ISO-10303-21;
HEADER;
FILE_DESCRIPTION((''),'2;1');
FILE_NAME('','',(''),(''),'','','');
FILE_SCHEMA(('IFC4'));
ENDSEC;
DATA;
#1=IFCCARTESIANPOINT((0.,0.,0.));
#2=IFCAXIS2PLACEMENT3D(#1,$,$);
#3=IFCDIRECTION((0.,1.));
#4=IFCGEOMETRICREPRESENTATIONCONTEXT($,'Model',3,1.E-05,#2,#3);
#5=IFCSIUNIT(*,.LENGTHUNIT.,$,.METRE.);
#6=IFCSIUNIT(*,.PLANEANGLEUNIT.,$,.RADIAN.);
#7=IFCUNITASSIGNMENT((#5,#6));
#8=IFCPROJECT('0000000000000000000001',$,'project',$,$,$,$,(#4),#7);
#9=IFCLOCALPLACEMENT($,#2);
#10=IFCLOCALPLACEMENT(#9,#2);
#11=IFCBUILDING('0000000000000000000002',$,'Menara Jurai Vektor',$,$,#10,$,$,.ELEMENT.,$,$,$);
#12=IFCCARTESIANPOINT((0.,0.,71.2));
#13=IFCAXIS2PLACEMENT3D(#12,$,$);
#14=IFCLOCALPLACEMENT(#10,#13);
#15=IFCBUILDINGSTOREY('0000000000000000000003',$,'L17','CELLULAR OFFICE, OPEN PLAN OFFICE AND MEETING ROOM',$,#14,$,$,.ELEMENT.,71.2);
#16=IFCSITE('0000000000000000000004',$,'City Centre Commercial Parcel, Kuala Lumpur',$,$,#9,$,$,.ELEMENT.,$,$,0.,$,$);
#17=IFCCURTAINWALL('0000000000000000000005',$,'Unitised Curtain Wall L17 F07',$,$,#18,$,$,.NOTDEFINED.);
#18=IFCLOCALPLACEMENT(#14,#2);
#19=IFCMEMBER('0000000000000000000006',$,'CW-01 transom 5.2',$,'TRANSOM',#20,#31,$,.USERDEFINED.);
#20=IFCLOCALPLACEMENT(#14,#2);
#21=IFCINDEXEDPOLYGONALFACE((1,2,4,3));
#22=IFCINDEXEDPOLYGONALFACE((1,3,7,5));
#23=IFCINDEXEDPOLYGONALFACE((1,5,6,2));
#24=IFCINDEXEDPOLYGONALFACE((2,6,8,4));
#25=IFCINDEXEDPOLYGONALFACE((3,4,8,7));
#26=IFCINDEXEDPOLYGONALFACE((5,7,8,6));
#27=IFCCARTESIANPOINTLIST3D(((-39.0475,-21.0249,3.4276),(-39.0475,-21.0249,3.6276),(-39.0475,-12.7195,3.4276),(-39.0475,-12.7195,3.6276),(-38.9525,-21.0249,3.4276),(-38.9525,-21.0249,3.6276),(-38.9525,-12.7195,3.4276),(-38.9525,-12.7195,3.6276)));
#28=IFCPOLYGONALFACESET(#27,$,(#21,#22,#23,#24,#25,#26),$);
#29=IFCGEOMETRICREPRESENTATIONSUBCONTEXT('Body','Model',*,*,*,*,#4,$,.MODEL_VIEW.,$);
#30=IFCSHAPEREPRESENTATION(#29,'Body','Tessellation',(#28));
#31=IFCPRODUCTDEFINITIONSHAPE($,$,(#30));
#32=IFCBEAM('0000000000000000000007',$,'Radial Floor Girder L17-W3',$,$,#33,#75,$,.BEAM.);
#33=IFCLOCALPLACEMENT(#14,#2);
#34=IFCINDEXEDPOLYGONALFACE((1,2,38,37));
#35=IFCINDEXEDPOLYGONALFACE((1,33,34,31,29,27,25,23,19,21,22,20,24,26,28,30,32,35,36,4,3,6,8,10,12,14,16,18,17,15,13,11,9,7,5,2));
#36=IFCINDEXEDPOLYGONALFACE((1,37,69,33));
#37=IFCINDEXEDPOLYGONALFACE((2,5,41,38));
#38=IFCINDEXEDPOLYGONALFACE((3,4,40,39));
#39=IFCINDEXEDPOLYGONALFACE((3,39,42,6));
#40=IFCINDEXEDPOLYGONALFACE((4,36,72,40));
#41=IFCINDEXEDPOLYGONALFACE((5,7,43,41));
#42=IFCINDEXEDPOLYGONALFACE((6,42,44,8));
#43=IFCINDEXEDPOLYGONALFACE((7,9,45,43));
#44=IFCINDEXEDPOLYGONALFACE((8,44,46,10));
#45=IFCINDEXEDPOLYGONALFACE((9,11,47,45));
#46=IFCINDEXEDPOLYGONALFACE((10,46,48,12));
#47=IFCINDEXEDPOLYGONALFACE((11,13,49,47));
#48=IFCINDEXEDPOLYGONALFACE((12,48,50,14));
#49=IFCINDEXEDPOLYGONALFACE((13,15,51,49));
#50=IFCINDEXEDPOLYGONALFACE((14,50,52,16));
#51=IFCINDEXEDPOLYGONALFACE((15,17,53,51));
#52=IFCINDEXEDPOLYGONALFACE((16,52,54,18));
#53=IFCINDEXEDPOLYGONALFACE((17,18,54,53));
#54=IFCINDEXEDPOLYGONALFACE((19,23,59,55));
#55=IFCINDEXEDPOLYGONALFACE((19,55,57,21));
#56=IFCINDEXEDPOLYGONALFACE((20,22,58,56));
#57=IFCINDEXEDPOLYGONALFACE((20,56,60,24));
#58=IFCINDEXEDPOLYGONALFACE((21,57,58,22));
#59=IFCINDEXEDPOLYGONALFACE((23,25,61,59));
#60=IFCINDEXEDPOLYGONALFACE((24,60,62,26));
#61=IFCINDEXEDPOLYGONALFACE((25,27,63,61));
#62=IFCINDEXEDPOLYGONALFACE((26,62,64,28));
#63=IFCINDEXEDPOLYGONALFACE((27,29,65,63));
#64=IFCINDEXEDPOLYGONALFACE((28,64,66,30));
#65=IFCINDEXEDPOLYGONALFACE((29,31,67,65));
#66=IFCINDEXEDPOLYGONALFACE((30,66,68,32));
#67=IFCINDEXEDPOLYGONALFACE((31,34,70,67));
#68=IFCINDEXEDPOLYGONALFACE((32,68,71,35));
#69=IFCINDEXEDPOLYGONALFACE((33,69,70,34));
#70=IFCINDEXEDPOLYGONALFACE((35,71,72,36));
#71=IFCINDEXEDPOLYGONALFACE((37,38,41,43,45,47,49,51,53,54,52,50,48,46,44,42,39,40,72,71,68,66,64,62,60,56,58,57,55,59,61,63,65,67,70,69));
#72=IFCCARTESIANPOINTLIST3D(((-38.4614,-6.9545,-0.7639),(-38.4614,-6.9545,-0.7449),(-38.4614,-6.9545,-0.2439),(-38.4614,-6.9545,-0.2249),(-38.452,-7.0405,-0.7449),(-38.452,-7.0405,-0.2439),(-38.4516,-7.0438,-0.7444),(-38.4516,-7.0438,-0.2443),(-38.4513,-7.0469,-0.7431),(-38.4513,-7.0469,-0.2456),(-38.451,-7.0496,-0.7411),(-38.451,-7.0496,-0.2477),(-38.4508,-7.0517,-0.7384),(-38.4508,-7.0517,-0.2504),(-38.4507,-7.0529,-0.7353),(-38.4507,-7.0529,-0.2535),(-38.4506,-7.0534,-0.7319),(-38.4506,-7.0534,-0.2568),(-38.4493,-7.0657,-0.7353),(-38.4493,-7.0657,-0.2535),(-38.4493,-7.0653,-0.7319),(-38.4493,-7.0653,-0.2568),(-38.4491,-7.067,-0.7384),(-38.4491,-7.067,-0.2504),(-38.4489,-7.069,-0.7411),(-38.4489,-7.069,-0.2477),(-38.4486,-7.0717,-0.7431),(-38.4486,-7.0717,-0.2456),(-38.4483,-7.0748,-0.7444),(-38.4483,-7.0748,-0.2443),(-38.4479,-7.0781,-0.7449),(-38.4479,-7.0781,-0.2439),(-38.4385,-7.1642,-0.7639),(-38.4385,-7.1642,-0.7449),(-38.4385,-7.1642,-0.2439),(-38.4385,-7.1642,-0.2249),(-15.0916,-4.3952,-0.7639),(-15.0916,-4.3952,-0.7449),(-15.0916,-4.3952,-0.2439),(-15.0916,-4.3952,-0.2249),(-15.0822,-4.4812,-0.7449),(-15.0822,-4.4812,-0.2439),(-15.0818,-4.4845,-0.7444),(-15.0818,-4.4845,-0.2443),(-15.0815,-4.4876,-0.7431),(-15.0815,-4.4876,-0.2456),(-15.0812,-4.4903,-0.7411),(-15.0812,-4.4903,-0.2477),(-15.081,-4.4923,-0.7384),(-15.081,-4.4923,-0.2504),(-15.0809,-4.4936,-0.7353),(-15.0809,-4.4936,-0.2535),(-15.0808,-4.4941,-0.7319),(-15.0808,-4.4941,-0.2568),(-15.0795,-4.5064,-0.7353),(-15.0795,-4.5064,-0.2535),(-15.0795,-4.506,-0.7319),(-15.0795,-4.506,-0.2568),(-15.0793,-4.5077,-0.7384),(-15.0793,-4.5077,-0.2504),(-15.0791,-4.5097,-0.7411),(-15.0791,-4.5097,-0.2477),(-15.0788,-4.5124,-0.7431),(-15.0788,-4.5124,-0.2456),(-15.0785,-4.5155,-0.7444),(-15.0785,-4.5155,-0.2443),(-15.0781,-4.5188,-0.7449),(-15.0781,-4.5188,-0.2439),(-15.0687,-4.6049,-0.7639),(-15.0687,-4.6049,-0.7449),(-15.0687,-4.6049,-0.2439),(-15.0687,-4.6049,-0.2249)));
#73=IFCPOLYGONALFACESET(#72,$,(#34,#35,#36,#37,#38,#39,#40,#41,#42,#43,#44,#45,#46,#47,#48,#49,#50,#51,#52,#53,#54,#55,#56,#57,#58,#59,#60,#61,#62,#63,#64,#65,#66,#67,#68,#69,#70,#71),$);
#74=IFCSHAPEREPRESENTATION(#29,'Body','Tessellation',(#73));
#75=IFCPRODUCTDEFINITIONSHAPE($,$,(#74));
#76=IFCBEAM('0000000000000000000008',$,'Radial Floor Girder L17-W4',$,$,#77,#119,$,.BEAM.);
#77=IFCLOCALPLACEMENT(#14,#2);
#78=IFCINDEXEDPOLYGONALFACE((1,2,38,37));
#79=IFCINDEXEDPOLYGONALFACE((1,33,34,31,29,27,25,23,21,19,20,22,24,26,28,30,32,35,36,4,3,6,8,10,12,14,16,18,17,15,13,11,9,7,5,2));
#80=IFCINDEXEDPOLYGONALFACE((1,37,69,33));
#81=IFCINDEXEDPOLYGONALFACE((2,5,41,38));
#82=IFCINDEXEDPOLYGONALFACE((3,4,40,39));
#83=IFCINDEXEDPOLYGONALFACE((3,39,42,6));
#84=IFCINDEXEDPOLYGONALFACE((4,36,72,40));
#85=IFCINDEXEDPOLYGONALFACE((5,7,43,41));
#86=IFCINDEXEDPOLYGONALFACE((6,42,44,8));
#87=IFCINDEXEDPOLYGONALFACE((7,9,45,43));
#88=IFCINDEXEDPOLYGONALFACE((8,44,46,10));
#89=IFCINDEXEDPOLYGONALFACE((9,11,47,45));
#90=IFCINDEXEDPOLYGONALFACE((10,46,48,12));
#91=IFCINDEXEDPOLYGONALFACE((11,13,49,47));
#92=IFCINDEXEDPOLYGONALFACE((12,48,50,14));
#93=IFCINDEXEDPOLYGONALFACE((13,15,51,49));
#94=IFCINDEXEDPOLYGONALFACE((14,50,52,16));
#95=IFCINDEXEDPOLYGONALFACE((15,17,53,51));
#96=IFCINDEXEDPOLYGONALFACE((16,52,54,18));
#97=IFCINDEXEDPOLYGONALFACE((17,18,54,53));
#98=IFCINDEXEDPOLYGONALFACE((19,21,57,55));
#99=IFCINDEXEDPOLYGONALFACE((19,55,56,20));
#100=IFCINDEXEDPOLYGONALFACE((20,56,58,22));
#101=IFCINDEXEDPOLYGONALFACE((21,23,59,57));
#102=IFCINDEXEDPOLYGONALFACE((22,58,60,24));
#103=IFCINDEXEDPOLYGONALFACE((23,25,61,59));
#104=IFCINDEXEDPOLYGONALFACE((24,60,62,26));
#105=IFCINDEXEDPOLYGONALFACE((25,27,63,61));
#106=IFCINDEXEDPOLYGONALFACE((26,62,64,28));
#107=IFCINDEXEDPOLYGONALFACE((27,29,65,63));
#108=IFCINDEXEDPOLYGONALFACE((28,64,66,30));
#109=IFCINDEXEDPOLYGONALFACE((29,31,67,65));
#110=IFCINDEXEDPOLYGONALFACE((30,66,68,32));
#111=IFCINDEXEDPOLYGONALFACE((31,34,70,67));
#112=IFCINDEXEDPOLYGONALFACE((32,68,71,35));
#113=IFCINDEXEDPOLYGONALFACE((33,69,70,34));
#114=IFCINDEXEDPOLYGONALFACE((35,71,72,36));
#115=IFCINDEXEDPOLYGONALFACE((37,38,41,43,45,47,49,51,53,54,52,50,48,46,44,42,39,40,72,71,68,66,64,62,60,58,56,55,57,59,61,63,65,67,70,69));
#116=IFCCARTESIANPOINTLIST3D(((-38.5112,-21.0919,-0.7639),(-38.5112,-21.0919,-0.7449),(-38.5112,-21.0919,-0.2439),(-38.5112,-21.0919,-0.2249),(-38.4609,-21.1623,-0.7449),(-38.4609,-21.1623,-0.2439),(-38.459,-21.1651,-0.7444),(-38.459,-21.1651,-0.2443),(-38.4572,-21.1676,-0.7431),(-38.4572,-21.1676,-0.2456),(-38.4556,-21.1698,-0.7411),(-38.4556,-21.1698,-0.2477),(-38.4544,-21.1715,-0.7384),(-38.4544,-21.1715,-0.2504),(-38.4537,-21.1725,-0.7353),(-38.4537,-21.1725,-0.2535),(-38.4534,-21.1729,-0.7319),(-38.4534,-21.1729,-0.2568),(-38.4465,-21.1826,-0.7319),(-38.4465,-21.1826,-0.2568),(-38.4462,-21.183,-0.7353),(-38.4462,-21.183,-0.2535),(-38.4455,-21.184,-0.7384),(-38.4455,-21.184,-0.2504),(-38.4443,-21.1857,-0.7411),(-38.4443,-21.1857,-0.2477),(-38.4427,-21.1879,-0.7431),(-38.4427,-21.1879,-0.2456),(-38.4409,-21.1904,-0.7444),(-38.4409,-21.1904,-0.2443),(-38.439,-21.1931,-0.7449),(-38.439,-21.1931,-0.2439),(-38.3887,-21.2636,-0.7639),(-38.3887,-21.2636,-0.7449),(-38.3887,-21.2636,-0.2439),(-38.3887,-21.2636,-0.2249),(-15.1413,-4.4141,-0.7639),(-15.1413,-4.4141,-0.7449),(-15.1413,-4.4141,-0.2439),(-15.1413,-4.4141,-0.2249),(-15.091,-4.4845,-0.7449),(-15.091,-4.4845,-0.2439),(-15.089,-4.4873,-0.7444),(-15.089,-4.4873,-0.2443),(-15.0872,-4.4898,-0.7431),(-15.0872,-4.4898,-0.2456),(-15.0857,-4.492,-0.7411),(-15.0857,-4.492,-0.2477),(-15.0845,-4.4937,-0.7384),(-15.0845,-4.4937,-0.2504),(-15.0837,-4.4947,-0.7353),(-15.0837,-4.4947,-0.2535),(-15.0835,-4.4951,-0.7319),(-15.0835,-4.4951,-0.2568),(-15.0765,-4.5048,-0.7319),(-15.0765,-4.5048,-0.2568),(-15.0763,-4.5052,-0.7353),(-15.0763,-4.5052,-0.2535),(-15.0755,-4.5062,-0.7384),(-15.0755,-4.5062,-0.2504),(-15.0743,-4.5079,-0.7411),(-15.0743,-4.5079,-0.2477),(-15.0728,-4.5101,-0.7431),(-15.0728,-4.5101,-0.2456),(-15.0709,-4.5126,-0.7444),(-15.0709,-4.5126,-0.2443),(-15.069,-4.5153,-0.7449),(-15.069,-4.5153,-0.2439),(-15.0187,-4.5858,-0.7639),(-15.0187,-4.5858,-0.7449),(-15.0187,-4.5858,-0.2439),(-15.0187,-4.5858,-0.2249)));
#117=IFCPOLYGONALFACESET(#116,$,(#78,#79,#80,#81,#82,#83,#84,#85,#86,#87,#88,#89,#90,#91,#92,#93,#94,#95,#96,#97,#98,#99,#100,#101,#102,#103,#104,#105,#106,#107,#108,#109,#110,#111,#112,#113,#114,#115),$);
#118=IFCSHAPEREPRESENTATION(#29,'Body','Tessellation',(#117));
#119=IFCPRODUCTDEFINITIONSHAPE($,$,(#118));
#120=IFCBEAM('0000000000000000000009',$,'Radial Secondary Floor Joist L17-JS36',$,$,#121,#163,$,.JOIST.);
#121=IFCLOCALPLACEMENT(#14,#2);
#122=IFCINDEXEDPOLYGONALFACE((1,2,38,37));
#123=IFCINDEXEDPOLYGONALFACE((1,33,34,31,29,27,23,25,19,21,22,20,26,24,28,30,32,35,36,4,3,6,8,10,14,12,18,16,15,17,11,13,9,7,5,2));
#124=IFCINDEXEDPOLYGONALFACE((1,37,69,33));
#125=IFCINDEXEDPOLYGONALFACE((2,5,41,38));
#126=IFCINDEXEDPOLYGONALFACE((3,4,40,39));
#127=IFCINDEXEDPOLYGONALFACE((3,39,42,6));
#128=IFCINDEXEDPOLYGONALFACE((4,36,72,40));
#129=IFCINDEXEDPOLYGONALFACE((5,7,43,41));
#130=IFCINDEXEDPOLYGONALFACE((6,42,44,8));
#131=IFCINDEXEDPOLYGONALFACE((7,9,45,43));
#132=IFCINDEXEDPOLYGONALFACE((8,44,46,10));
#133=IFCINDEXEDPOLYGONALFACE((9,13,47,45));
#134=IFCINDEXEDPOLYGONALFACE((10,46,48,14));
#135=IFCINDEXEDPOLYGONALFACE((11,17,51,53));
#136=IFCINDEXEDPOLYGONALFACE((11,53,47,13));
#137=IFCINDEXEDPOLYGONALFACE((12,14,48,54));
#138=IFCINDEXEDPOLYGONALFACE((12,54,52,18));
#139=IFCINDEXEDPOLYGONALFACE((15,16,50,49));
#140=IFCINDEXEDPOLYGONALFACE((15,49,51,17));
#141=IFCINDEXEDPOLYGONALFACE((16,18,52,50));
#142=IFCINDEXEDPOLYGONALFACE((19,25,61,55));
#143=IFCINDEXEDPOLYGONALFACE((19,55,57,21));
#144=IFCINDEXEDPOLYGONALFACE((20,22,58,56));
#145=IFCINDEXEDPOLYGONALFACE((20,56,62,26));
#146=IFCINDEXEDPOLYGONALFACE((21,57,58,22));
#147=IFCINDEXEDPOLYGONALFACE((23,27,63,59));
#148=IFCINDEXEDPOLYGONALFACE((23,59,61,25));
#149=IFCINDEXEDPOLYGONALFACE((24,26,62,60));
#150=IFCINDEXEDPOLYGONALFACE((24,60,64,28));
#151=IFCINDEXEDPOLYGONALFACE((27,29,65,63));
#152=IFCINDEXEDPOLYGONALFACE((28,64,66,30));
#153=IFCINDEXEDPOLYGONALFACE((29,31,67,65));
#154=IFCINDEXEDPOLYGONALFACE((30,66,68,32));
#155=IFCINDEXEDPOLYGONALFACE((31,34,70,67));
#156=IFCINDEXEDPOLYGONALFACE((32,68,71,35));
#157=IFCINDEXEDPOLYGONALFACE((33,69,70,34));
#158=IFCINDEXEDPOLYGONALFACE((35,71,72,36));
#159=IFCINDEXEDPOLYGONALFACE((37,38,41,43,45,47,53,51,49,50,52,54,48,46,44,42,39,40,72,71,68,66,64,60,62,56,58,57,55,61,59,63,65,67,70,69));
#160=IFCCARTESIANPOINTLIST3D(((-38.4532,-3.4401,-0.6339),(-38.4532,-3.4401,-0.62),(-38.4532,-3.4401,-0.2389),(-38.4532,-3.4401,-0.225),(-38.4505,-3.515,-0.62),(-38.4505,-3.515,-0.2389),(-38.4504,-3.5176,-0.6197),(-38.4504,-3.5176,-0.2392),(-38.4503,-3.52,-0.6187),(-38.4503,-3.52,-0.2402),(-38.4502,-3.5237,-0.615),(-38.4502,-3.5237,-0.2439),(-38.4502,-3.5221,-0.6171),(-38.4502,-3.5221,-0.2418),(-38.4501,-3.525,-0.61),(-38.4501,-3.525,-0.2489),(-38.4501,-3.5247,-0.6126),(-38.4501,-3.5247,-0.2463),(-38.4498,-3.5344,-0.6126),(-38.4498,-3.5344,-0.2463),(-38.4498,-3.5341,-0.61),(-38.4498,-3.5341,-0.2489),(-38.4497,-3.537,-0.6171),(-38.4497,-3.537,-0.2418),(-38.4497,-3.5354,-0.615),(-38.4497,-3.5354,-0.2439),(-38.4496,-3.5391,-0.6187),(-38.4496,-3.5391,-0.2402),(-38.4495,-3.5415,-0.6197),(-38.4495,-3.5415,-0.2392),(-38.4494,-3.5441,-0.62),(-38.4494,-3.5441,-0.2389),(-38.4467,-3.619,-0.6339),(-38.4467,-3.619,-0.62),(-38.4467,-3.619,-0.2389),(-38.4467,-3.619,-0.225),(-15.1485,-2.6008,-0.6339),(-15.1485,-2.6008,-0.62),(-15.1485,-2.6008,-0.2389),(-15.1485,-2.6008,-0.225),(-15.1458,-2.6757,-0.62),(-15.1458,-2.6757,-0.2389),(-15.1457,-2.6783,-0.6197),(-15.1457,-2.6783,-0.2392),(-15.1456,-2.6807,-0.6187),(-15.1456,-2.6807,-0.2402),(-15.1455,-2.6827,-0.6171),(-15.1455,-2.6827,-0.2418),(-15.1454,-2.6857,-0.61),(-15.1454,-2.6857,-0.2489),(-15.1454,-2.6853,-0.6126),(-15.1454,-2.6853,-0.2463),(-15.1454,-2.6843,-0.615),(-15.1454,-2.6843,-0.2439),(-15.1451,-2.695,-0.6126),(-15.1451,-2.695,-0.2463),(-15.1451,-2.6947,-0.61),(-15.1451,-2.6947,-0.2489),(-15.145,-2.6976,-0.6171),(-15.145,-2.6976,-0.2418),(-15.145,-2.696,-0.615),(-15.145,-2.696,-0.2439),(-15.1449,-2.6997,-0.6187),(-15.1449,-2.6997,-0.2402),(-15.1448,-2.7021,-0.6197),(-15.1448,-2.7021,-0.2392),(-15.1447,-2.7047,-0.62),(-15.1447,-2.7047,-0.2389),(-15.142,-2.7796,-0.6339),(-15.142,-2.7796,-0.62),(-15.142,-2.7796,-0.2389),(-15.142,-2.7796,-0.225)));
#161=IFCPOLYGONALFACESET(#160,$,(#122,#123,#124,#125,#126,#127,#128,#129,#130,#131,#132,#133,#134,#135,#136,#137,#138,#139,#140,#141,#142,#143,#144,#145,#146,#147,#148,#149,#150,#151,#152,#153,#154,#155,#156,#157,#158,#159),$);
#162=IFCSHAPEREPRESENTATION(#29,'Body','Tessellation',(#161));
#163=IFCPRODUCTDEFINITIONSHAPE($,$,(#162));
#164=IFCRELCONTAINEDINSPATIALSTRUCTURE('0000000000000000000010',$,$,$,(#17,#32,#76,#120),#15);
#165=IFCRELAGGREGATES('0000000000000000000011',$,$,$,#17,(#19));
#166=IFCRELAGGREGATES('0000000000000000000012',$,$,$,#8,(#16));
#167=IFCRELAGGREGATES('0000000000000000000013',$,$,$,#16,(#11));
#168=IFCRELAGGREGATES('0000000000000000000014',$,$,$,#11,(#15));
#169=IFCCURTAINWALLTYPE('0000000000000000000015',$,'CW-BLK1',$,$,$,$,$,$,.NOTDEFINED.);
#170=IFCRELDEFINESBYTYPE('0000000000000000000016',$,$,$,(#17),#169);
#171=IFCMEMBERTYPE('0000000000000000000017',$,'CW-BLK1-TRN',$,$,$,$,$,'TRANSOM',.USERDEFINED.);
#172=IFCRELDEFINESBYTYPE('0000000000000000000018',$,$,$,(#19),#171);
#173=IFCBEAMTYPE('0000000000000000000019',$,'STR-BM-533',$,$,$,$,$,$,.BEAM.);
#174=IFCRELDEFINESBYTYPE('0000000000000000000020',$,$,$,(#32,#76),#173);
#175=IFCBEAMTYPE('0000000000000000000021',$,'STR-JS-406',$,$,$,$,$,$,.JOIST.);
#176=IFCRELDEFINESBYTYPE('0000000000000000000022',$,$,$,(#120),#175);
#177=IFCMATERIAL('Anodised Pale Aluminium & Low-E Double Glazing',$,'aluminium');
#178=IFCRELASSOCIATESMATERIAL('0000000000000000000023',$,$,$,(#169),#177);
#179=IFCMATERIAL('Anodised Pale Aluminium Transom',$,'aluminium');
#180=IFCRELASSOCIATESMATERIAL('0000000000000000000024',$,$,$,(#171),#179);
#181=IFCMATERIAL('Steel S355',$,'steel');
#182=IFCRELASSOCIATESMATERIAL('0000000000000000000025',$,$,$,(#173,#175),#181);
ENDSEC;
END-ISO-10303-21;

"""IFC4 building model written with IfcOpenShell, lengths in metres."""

from ifc_helpers import new_model, si_unit, direction, frame, origin, origin_2d, place, context, subcontext, project, spatial, rectangle, i_section, extrude, material, material_profile, profile_set, type_object, element, aggregate, save


model = new_model("IFC4")

# Units and contexts
model_context = context("Model", 3, precision=1e-05, world=origin(), true_north=direction((0.0, 1.0)))
body_context = subcontext(model_context, "Body", "Model", "MODEL_VIEW")
ifc_project = project(units=[si_unit("LENGTHUNIT", "METRE"), si_unit("PLANEANGLEUNIT", "RADIAN")], contexts=[model_context])

# Site, building, storey
site_placement = place(None, origin())
site = spatial("IfcSite", under=ifc_project, at=site_placement, Name="City Centre Commercial Parcel, Kuala Lumpur", CompositionType="ELEMENT", RefElevation=0.0)
building_placement = place(site_placement, origin())
building = spatial("IfcBuilding", under=site, at=building_placement, Name="Menara Jurai Vektor", CompositionType="ELEMENT")
storey_placement = place(building_placement, frame((0.0, 0.0, 71.2)))
storey = spatial("IfcBuildingStorey", under=building, at=storey_placement, Name="L17", Description="CELLULAR OFFICE, OPEN PLAN OFFICE AND MEETING ROOM", CompositionType="ELEMENT", Elevation=71.2)

# Curtain wall
ifc_material_1 = material(Name="Anodised Pale Aluminium & Low-E Double Glazing", Category="aluminium")
curtain_wall_type = type_object("IfcCurtainWallType", Name="CW-BLK1", PredefinedType="NOTDEFINED", material=ifc_material_1)
curtain_wall_1_placement = place(storey_placement, origin())
curtain_wall_1 = element("IfcCurtainWall", 1, at=curtain_wall_1_placement, inside=storey, type_object=curtain_wall_type, Name="Unitised Curtain Wall L17 F07", PredefinedType="NOTDEFINED")

# Member
ifc_material_2 = material(Name="Anodised Pale Aluminium Transom", Category="aluminium")
ifc_material_profile_1 = material_profile(ifc_material_2, rectangle(XDim=0.095, YDim=0.2, at=origin_2d()), Name="ALU TRN 95x200")
ifc_profile_set_1 = profile_set([ifc_material_profile_1], Name="Anodised Pale Aluminium Transom")
member_type_1 = type_object("IfcMemberType", Name="CW-BLK1-TRN", ElementType="TRANSOM", PredefinedType="USERDEFINED", material=ifc_profile_set_1)
member_1_placement = place(storey_placement, frame((-39.0, -12.7195, 3.5276), z_axis=(0.0, -1.0, 0.0), x_axis=(1.0, 0.0, 0.0)))
member_1 = element("IfcMember", 2, at=member_1_placement, type_object=member_type_1, Name="CW-01 transom 5.2", ObjectType="TRANSOM", PredefinedType="USERDEFINED", context=body_context, shape_type="SweptSolid", body=[
    extrude(rectangle(XDim=0.095, YDim=0.2, at=origin_2d()), origin(), (0.0, 0.0, 1.0), 8.3054),
])

# Beams
ifc_material_3 = material(Name="Steel S355", Category="steel")
ifc_material_profile_2 = material_profile(ifc_material_3, i_section(OverallWidth=0.2109, OverallDepth=0.5391, WebThickness=0.012, FlangeThickness=0.019, FilletRadius=0.0129, at=origin_2d()), Name="UKB 533x210x109")
ifc_profile_set_2 = profile_set([ifc_material_profile_2], Name="Steel S355")
beam_type_1 = type_object("IfcBeamType", Name="STR-BM-533", PredefinedType="BEAM", material=ifc_profile_set_2)
beam_1_placement = place(storey_placement, frame((-38.45, -7.0593, -0.4944), z_axis=(0.994057, 0.108863, 0.0), x_axis=(-0.108863, 0.994057, 0.0)))
element("IfcBeam", 3, at=beam_1_placement, inside=storey, type_object=beam_type_1, Name="Radial Floor Girder L17-W3", PredefinedType="BEAM", context=body_context, shape_type="SweptSolid", body=[
    extrude(i_section(OverallWidth=0.2109, OverallDepth=0.5391, WebThickness=0.012, FlangeThickness=0.019, FilletRadius=0.0129, at=origin_2d()), origin(), (0.0, 0.0, 1.0), 23.5095),
])
beam_2_placement = place(storey_placement, frame((-38.45, -21.1777, -0.4944), z_axis=(0.813981, 0.580891, 0.0), x_axis=(-0.580891, 0.813981, 0.0)))
element("IfcBeam", 4, at=beam_2_placement, inside=storey, type_object=beam_type_1, Name="Radial Floor Girder L17-W4", PredefinedType="BEAM", context=body_context, shape_type="SweptSolid", body=[
    extrude(i_section(OverallWidth=0.2109, OverallDepth=0.5391, WebThickness=0.012, FlangeThickness=0.019, FilletRadius=0.0129, at=origin_2d()), origin(), (0.0, 0.0, 1.0), 28.7107),
])
ifc_material_profile_3 = material_profile(ifc_material_3, i_section(OverallWidth=0.179, OverallDepth=0.4089, WebThickness=0.009, FlangeThickness=0.0139, FilletRadius=0.01, at=origin_2d()), Name="UKB 406x178x67")
ifc_profile_set_3 = profile_set([ifc_material_profile_3], Name="Steel S355")
beam_type_2 = type_object("IfcBeamType", Name="STR-JS-406", PredefinedType="JOIST", material=ifc_profile_set_3)
beam_3_placement = place(storey_placement, frame((-38.45, -3.5295, -0.4294), z_axis=(0.999352, 0.035993, 0.0), x_axis=(-0.035993, 0.999352, 0.0)))
element("IfcBeam", 5, at=beam_3_placement, inside=storey, type_object=beam_type_2, Name="Radial Secondary Floor Joist L17-JS36", PredefinedType="JOIST", context=body_context, shape_type="SweptSolid", body=[
    extrude(i_section(OverallWidth=0.179, OverallDepth=0.4089, WebThickness=0.009, FlangeThickness=0.0139, FilletRadius=0.01, at=origin_2d()), origin(), (0.0, 0.0, 1.0), 23.3198),
])

aggregate(curtain_wall_1, [member_1])

save(model, "model.ifc")
